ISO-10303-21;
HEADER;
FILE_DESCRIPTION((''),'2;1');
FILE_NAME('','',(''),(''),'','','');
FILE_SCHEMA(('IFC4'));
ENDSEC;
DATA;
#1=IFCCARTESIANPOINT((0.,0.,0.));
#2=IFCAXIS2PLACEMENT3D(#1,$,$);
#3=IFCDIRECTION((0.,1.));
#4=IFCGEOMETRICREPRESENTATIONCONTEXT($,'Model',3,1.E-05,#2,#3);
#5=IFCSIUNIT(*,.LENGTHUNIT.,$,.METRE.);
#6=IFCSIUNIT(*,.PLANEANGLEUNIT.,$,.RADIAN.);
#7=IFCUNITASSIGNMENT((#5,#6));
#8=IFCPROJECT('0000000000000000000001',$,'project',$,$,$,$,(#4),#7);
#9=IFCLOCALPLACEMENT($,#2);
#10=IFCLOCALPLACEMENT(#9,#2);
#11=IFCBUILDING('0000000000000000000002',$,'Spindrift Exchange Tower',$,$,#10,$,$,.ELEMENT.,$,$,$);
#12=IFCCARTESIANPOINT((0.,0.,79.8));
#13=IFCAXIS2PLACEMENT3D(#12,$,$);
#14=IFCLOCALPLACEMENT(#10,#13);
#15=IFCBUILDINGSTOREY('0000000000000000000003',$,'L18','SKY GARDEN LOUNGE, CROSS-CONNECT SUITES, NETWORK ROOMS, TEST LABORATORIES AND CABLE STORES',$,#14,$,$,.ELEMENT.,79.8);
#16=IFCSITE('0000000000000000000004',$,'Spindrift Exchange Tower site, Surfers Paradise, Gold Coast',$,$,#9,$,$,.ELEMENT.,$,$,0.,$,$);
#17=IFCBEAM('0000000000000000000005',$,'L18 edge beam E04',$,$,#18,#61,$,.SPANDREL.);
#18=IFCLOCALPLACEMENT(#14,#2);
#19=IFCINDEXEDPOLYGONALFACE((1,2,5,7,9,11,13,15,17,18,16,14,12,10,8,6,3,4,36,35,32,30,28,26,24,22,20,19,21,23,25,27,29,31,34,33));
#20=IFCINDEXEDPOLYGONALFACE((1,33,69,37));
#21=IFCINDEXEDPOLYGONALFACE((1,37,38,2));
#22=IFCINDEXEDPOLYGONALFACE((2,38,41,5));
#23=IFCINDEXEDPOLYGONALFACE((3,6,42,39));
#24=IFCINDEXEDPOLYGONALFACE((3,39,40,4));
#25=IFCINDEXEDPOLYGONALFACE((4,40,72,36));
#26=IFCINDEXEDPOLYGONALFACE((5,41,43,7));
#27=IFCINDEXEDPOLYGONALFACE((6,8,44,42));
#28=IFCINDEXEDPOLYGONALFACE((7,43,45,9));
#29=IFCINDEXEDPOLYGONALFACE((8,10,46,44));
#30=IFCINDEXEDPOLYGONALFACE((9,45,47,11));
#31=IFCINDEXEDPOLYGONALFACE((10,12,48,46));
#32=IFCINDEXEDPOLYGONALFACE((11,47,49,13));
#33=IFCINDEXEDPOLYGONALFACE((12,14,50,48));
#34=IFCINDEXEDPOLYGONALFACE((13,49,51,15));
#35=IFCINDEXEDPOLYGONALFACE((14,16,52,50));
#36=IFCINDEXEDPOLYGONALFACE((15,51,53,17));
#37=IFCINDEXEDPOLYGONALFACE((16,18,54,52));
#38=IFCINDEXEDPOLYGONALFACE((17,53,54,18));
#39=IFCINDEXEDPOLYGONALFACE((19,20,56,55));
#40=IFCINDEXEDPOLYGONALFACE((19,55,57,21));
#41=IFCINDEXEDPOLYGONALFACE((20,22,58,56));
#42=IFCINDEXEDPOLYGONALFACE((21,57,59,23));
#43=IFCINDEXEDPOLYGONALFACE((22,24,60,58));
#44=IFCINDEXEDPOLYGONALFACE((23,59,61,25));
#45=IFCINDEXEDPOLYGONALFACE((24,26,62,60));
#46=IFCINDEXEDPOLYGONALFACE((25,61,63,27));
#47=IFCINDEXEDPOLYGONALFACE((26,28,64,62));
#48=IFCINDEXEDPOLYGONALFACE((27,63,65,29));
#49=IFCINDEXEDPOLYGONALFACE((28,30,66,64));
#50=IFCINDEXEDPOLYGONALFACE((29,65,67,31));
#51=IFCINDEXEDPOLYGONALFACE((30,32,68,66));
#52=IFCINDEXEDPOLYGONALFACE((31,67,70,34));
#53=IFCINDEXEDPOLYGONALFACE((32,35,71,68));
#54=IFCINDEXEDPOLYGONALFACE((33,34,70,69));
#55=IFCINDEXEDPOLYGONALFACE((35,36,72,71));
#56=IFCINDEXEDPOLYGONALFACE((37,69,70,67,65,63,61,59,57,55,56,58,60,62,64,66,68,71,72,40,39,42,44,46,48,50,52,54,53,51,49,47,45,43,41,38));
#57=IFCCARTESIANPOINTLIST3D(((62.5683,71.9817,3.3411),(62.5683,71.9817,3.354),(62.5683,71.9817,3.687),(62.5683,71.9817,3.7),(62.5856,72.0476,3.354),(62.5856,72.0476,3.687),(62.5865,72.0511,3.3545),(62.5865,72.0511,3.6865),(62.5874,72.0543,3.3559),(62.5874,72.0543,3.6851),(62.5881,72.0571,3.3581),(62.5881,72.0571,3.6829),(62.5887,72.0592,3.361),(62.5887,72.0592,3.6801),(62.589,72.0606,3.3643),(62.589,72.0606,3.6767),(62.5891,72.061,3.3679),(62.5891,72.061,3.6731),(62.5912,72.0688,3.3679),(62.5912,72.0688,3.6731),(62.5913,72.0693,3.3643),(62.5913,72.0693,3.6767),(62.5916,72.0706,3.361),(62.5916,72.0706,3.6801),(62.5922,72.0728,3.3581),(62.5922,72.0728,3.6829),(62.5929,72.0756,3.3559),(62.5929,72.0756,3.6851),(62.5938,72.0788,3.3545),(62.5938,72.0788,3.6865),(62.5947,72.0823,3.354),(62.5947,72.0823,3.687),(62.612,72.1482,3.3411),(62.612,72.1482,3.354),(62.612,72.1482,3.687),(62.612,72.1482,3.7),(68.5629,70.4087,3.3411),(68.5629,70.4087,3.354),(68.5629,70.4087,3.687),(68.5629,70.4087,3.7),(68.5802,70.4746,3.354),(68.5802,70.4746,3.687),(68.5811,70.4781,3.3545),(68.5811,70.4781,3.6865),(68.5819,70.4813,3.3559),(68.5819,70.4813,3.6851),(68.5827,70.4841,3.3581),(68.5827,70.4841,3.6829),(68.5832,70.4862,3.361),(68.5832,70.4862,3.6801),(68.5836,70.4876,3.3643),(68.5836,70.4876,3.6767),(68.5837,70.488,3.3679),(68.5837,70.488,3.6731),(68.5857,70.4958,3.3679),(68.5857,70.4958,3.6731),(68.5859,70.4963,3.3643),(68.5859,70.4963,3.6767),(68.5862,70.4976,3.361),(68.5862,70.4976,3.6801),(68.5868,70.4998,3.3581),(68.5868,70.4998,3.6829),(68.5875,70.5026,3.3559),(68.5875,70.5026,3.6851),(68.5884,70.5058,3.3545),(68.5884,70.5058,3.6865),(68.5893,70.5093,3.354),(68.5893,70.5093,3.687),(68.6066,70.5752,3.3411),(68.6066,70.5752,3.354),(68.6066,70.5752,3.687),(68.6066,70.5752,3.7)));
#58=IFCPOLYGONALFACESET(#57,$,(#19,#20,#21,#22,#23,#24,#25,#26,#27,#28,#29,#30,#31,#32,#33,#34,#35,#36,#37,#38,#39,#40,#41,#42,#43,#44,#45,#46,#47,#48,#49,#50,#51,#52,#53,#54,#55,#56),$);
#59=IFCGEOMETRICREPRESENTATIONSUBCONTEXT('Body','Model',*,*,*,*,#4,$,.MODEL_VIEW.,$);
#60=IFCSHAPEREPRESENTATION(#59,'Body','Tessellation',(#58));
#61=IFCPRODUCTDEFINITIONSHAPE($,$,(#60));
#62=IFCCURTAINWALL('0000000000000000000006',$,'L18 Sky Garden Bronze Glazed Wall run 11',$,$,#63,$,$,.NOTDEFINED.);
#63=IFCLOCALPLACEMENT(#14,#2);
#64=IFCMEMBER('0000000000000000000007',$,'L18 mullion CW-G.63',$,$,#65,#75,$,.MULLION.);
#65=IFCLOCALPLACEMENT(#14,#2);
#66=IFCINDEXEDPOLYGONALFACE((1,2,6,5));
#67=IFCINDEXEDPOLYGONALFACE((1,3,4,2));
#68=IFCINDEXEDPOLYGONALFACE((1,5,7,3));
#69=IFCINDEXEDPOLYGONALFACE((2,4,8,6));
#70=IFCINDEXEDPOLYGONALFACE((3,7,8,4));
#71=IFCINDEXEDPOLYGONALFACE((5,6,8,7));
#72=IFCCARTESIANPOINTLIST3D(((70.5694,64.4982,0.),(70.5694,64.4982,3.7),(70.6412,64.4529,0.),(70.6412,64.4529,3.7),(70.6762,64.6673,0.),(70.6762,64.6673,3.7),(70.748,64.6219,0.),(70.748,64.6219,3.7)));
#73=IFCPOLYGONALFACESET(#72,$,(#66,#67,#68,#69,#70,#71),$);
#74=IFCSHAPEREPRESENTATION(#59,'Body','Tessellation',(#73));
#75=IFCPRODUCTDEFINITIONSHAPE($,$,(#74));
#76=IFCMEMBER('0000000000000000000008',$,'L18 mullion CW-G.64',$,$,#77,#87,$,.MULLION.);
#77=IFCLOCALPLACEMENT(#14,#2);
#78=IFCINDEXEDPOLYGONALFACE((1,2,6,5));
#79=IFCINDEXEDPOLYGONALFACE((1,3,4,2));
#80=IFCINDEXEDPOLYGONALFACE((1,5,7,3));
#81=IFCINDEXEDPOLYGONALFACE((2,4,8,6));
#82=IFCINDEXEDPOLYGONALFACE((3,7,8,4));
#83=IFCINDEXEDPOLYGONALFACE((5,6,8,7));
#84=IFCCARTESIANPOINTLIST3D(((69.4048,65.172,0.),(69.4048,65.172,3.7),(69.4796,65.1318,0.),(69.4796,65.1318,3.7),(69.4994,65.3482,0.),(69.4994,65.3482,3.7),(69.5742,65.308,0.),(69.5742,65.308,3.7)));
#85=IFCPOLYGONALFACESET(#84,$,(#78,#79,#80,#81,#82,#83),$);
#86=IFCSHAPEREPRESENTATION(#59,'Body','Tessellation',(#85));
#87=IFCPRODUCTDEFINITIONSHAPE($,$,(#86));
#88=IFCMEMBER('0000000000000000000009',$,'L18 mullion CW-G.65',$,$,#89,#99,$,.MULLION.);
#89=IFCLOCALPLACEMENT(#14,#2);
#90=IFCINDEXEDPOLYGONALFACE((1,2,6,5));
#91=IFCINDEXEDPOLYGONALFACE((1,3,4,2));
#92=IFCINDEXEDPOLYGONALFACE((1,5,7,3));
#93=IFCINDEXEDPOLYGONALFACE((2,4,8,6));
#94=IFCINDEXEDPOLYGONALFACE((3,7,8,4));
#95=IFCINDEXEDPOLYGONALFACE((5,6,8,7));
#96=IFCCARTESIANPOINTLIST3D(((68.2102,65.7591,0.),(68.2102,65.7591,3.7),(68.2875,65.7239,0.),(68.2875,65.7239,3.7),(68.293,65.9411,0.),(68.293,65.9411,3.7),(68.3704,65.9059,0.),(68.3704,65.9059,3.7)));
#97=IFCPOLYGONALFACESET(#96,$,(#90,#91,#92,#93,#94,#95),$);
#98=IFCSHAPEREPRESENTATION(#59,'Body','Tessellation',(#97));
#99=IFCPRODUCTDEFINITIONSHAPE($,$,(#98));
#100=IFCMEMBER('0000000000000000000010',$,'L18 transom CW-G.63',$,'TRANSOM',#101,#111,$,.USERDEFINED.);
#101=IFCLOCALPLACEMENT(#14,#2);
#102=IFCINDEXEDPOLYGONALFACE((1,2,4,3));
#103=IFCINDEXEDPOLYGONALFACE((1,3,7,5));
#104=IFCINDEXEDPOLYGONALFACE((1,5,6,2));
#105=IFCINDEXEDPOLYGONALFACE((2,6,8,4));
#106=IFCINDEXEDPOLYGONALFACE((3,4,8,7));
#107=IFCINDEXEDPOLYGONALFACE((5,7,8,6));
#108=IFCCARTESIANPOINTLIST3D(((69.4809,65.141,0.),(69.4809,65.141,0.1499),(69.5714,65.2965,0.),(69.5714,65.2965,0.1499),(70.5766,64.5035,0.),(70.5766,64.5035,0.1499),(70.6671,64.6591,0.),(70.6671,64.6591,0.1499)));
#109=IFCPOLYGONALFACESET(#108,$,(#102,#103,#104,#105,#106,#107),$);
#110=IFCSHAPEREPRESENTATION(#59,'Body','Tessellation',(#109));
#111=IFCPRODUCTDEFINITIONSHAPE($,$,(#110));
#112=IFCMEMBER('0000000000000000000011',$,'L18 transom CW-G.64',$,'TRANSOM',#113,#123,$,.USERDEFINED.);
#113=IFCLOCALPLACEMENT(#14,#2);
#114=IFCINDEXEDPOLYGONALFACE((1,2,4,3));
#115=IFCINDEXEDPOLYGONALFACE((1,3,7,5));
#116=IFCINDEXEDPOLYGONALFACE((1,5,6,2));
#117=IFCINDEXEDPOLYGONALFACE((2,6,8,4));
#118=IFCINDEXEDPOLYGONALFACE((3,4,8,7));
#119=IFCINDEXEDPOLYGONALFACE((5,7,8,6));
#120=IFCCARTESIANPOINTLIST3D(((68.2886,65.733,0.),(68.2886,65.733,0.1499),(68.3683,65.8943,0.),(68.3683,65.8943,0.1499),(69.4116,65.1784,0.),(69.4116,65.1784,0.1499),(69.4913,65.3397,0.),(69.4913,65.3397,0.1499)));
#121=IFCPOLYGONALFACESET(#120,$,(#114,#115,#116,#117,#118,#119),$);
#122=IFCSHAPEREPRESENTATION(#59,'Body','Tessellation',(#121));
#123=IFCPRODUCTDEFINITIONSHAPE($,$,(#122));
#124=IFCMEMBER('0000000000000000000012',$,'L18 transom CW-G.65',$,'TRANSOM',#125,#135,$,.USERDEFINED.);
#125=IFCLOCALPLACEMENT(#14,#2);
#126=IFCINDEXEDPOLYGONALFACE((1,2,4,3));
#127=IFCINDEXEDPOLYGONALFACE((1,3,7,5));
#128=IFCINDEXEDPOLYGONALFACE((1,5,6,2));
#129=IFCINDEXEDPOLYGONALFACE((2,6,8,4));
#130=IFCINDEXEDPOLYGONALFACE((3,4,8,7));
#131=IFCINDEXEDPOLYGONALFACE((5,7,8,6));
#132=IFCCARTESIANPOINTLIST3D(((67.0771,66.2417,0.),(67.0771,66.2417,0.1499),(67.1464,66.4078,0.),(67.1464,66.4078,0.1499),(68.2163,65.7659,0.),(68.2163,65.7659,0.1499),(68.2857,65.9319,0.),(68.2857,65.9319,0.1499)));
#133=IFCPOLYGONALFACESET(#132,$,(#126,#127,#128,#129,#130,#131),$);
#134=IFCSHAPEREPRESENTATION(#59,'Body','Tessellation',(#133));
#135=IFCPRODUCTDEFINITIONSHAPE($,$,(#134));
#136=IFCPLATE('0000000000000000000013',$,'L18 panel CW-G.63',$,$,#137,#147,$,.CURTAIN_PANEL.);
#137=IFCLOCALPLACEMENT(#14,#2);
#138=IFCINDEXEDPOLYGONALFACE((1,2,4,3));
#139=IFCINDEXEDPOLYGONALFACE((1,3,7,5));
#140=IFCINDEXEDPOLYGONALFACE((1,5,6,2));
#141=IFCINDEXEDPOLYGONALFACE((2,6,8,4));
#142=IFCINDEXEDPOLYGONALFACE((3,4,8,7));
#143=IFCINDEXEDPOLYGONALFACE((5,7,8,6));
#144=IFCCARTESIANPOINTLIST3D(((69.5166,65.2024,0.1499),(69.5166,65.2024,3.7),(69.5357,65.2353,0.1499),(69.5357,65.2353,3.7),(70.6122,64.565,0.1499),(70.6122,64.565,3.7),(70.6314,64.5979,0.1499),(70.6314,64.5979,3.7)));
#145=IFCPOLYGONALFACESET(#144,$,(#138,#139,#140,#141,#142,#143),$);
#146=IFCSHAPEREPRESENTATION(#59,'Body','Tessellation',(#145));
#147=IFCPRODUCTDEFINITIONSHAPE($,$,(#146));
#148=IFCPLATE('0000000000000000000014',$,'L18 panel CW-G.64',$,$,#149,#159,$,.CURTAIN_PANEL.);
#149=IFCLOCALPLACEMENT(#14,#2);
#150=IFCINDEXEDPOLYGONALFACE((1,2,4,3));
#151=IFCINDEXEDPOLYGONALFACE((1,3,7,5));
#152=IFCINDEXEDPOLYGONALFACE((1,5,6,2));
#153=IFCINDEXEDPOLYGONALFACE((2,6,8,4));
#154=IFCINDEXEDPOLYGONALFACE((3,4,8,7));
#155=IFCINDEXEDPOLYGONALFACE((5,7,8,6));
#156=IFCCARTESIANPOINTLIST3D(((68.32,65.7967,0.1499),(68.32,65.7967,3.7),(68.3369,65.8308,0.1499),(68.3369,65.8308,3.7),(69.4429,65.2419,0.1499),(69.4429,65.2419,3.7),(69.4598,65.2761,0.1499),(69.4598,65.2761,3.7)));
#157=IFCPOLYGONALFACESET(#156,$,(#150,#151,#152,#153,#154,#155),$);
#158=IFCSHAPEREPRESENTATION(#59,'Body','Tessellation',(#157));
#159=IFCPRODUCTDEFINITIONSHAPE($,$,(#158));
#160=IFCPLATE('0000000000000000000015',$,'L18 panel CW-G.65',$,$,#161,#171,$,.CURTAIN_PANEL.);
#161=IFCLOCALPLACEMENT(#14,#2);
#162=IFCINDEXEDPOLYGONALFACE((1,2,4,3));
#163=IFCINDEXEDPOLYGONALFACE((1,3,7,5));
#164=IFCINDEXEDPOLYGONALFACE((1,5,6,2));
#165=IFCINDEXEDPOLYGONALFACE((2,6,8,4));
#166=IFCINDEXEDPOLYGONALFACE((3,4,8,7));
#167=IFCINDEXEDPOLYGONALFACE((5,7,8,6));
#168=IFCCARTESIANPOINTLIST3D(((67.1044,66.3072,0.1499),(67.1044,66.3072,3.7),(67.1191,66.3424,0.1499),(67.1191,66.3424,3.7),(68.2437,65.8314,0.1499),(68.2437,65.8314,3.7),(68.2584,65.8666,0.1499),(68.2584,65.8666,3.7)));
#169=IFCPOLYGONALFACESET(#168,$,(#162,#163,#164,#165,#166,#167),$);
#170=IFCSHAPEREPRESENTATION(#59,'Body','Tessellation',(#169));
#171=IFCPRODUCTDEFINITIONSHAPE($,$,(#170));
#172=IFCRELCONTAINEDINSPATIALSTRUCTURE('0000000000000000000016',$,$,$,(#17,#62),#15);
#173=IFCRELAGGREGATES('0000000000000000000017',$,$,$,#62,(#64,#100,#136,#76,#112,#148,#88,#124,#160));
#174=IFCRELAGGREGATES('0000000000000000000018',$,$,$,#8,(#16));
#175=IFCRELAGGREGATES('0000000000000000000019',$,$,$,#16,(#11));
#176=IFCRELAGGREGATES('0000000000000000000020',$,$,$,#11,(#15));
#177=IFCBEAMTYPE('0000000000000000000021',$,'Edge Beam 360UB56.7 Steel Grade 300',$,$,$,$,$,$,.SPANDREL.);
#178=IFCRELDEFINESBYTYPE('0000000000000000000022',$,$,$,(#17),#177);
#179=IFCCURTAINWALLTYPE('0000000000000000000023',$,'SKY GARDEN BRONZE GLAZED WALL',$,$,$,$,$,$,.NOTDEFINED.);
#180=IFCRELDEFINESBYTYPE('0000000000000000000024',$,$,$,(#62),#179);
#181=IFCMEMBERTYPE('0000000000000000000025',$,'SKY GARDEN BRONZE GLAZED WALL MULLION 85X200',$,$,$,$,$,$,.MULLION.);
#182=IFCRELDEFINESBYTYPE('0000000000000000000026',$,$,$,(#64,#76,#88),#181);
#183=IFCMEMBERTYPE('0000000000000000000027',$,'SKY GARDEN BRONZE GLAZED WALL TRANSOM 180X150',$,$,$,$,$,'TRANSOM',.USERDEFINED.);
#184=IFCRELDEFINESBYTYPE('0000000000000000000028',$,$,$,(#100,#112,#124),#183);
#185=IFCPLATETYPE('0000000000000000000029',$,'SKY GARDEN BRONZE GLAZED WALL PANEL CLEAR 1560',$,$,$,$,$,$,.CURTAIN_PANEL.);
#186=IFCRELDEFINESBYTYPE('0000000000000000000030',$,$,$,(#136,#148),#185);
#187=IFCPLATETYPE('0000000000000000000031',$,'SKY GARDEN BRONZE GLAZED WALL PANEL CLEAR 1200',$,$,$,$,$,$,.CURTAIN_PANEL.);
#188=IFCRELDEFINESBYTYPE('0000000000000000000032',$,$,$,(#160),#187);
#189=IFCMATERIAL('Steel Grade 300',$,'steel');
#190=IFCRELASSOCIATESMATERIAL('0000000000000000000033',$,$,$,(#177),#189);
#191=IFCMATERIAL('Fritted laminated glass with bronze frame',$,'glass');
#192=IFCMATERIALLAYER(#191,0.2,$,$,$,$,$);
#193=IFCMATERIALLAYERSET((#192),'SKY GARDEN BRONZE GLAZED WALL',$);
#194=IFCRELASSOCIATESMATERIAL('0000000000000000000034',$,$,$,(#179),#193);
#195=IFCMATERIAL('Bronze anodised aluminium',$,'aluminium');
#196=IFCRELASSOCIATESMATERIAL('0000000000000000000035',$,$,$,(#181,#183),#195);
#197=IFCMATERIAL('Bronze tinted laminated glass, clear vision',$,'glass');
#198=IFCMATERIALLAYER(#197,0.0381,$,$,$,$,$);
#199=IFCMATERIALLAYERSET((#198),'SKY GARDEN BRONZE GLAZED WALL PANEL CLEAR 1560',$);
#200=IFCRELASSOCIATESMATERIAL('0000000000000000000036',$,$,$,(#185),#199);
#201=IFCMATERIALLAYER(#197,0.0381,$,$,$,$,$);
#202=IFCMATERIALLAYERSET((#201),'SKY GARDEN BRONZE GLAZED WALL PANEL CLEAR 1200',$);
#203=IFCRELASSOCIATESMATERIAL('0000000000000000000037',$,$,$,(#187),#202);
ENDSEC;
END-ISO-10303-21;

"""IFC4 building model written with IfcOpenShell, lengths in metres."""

from ifc_helpers import new_model, si_unit, direction, frame, origin, origin_2d, place, context, subcontext, project, spatial, rectangle, i_section, extrude, source, transform, mapped, material, layer, layer_set, material_profile, profile_set, type_object, element, aggregate, save


model = new_model("IFC4")

# Units and contexts
model_context = context("Model", 3, precision=1e-05, world=origin(), true_north=direction((0.0, 1.0)))
body_context = subcontext(model_context, "Body", "Model", "MODEL_VIEW")
ifc_project = project(units=[si_unit("LENGTHUNIT", "METRE"), si_unit("PLANEANGLEUNIT", "RADIAN")], contexts=[model_context])

# Site, building, storey
site_placement = place(None, origin())
site = spatial("IfcSite", under=ifc_project, at=site_placement, Name="Spindrift Exchange Tower site, Surfers Paradise, Gold Coast", CompositionType="ELEMENT", RefElevation=0.0)
building_placement = place(site_placement, origin())
building = spatial("IfcBuilding", under=site, at=building_placement, Name="Spindrift Exchange Tower", CompositionType="ELEMENT")
storey_placement = place(building_placement, frame((0.0, 0.0, 79.8)))
storey = spatial("IfcBuildingStorey", under=building, at=storey_placement, Name="L18", Description="SKY GARDEN LOUNGE, CROSS-CONNECT SUITES, NETWORK ROOMS, TEST LABORATORIES AND CABLE STORES", CompositionType="ELEMENT", Elevation=79.8)

# Beam
ifc_material_1 = material(Name="Steel Grade 300", Category="steel")
ifc_material_profile_1 = material_profile(ifc_material_1, i_section(OverallWidth=0.1721, OverallDepth=0.3589, WebThickness=0.0081, FlangeThickness=0.0129, FilletRadius=0.0139, at=origin_2d()), Name="360UB56.7")
ifc_profile_set_1 = profile_set([ifc_material_profile_1], Name="Steel Grade 300")
beam_type_1 = type_object("IfcBeamType", Name="Edge Beam 360UB56.7 Steel Grade 300", PredefinedType="SPANDREL", material=ifc_profile_set_1)
shared_shape_1 = source(origin(), body_context, "Body", "SweptSolid", [
    extrude(i_section(OverallWidth=0.1721, OverallDepth=0.3589, WebThickness=0.0081, FlangeThickness=0.0129, FilletRadius=0.0139, at=origin_2d()), origin(), (0.0, 0.0, 1.0), 6.1975),
])
beam_1_placement = place(storey_placement, frame((68.5847, 70.4919, 3.5205), z_axis=(-0.967254, 0.253809, 0.0), x_axis=(-0.253809, -0.967254, 0.0)))
element("IfcBeam", 1, at=beam_1_placement, inside=storey, type_object=beam_type_1, Name="L18 edge beam E04", PredefinedType="SPANDREL", context=body_context, shape_type="MappedRepresentation", body=[
    mapped(shared_shape_1, transform((0.0, 0.0, 0.0), scale=1.0)),
])

# Curtain wall, members, plates
ifc_material_2 = material(Name="Fritted laminated glass with bronze frame", Category="glass")
ifc_layer_1 = layer(ifc_material_2, 0.2)
ifc_layer_set_1 = layer_set([ifc_layer_1], Name="SKY GARDEN BRONZE GLAZED WALL")
curtain_wall_type = type_object("IfcCurtainWallType", Name="SKY GARDEN BRONZE GLAZED WALL", PredefinedType="NOTDEFINED", material=ifc_layer_set_1)
curtain_wall_placement = place(storey_placement, origin())
curtain_wall = element("IfcCurtainWall", 2, at=curtain_wall_placement, inside=storey, type_object=curtain_wall_type, Name="L18 Sky Garden Bronze Glazed Wall run 11", PredefinedType="NOTDEFINED")
ifc_material_3 = material(Name="Bronze anodised aluminium", Category="aluminium")
ifc_material_profile_2 = material_profile(ifc_material_3, rectangle(XDim=0.085, YDim=0.2, at=origin_2d()), Name="SKY GARDEN BRONZE GLAZED WALL MULLION 85X200")
ifc_profile_set_2 = profile_set([ifc_material_profile_2], Name="Bronze anodised aluminium")
member_type_1 = type_object("IfcMemberType", Name="SKY GARDEN BRONZE GLAZED WALL MULLION 85X200", PredefinedType="MULLION", material=ifc_profile_set_2)
shared_shape_2 = source(origin(), body_context, "Body", "SweptSolid", [
    extrude(rectangle(XDim=0.085, YDim=0.2, at=origin_2d()), origin(), (0.0, 0.0, 1.0), 3.7),
])
member_1_placement = place(storey_placement, frame((70.6587, 64.5601, 0.0), z_axis=(0.0, 0.0, 1.0), x_axis=(-0.84536, 0.534197, 0.0)))
member_1 = element("IfcMember", 3, at=member_1_placement, type_object=member_type_1, Name="L18 mullion CW-G.63", PredefinedType="MULLION", context=body_context, shape_type="MappedRepresentation", body=[
    mapped(shared_shape_2, transform((0.0, 0.0, 0.0), scale=1.0)),
])
member_2_placement = place(storey_placement, frame((69.4895, 65.24, 0.0), z_axis=(0.0, 0.0, 1.0), x_axis=(-0.880986, 0.473143, 0.0)))
member_2 = element("IfcMember", 4, at=member_2_placement, type_object=member_type_1, Name="L18 mullion CW-G.64", PredefinedType="MULLION", context=body_context, shape_type="MappedRepresentation", body=[
    mapped(shared_shape_2, transform((0.0, 0.0, 0.0), scale=1.0)),
])
member_3_placement = place(storey_placement, frame((68.2903, 65.8325, 0.0), z_axis=(0.0, 0.0, 1.0), x_axis=(-0.910119, 0.414348, 0.0)))
member_3 = element("IfcMember", 5, at=member_3_placement, type_object=member_type_1, Name="L18 mullion CW-G.65", PredefinedType="MULLION", context=body_context, shape_type="MappedRepresentation", body=[
    mapped(shared_shape_2, transform((0.0, 0.0, 0.0), scale=1.0)),
])
ifc_material_profile_3 = material_profile(ifc_material_3, rectangle(XDim=0.1799, YDim=0.1499, at=origin_2d()), Name="SKY GARDEN BRONZE GLAZED WALL TRANSOM 180X150")
ifc_profile_set_3 = profile_set([ifc_material_profile_3], Name="Bronze anodised aluminium")
member_type_2 = type_object("IfcMemberType", Name="SKY GARDEN BRONZE GLAZED WALL TRANSOM 180X150", ElementType="TRANSOM", PredefinedType="USERDEFINED", material=ifc_profile_set_3)
shared_shape_3 = source(origin(), body_context, "Body", "SweptSolid", [
    extrude(rectangle(XDim=0.1799, YDim=0.1499, at=origin_2d()), origin(), (0.0, 0.0, 1.0), 1.2676),
])
member_4_placement = place(storey_placement, frame((70.6218, 64.5813, 0.075), z_axis=(-0.864365, 0.502865, 0.0), x_axis=(-0.502865, -0.864365, 0.0)))
member_4 = element("IfcMember", 6, at=member_4_placement, type_object=member_type_2, Name="L18 transom CW-G.63", ObjectType="TRANSOM", PredefinedType="USERDEFINED", context=body_context, shape_type="MappedRepresentation", body=[
    mapped(shared_shape_3, transform((0.0, 0.0, 0.0), scale=1.0)),
])
shared_shape_4 = source(origin(), body_context, "Body", "SweptSolid", [
    extrude(rectangle(XDim=0.1799, YDim=0.1499, at=origin_2d()), origin(), (0.0, 0.0, 1.0), 1.2524),
])
member_5_placement = place(storey_placement, frame((69.4514, 65.259, 0.075), z_axis=(-0.8966, 0.442842, 0.0), x_axis=(-0.442842, -0.8966, 0.0)))
member_5 = element("IfcMember", 7, at=member_5_placement, type_object=member_type_2, Name="L18 transom CW-G.64", ObjectType="TRANSOM", PredefinedType="USERDEFINED", context=body_context, shape_type="MappedRepresentation", body=[
    mapped(shared_shape_4, transform((0.0, 0.0, 0.0), scale=1.0)),
])
shared_shape_5 = source(origin(), body_context, "Body", "SweptSolid", [
    extrude(rectangle(XDim=0.1799, YDim=0.1499, at=origin_2d()), origin(), (0.0, 0.0, 1.0), 1.2346),
])
member_6_placement = place(storey_placement, frame((68.251, 65.8489, 0.075), z_axis=(-0.922737, 0.38543, 0.0), x_axis=(-0.38543, -0.922737, 0.0)))
member_6 = element("IfcMember", 8, at=member_6_placement, type_object=member_type_2, Name="L18 transom CW-G.65", ObjectType="TRANSOM", PredefinedType="USERDEFINED", context=body_context, shape_type="MappedRepresentation", body=[
    mapped(shared_shape_5, transform((0.0, 0.0, 0.0), scale=1.0)),
])
ifc_material_4 = material(Name="Bronze tinted laminated glass, clear vision", Category="glass")
ifc_layer_2 = layer(ifc_material_4, 0.0381)
ifc_layer_set_2 = layer_set([ifc_layer_2], Name="SKY GARDEN BRONZE GLAZED WALL PANEL CLEAR 1560")
plate_type_1 = type_object("IfcPlateType", Name="SKY GARDEN BRONZE GLAZED WALL PANEL CLEAR 1560", PredefinedType="CURTAIN_PANEL", material=ifc_layer_set_2)
shared_shape_6 = source(origin(), body_context, "Body", "SweptSolid", [
    extrude(rectangle(XDim=1.2676, YDim=0.0381, at=origin_2d()), origin(), (0.0, 0.0, 1.0), 3.55),
])
plate_1_placement = place(storey_placement, frame((70.074, 64.9001, 0.1499), z_axis=(0.0, 0.0, 1.0), x_axis=(-0.864382, 0.502836, 0.0)))
plate_1 = element("IfcPlate", 9, at=plate_1_placement, type_object=plate_type_1, Name="L18 panel CW-G.63", PredefinedType="CURTAIN_PANEL", context=body_context, shape_type="MappedRepresentation", body=[
    mapped(shared_shape_6, transform((0.0, 0.0, 0.0), scale=1.0)),
])
shared_shape_7 = source(origin(), body_context, "Body", "SweptSolid", [
    extrude(rectangle(XDim=1.2524, YDim=0.0381, at=origin_2d()), origin(), (0.0, 0.0, 1.0), 3.55),
])
plate_2_placement = place(storey_placement, frame((68.8899, 65.5364, 0.1499), z_axis=(0.0, 0.0, 1.0), x_axis=(-0.89657, 0.442902, 0.0)))
plate_2 = element("IfcPlate", 10, at=plate_2_placement, type_object=plate_type_1, Name="L18 panel CW-G.64", PredefinedType="CURTAIN_PANEL", context=body_context, shape_type="MappedRepresentation", body=[
    mapped(shared_shape_7, transform((0.0, 0.0, 0.0), scale=1.0)),
])
ifc_layer_3 = layer(ifc_material_4, 0.0381)
ifc_layer_set_3 = layer_set([ifc_layer_3], Name="SKY GARDEN BRONZE GLAZED WALL PANEL CLEAR 1200")
plate_type_2 = type_object("IfcPlateType", Name="SKY GARDEN BRONZE GLAZED WALL PANEL CLEAR 1200", PredefinedType="CURTAIN_PANEL", material=ifc_layer_set_3)
shared_shape_8 = source(origin(), body_context, "Body", "SweptSolid", [
    extrude(rectangle(XDim=1.2346, YDim=0.0381, at=origin_2d()), origin(), (0.0, 0.0, 1.0), 3.55),
])
plate_3_placement = place(storey_placement, frame((67.6814, 66.0869, 0.1499), z_axis=(0.0, 0.0, 1.0), x_axis=(-0.922758, 0.385379, 0.0)))
plate_3 = element("IfcPlate", 11, at=plate_3_placement, type_object=plate_type_2, Name="L18 panel CW-G.65", PredefinedType="CURTAIN_PANEL", context=body_context, shape_type="MappedRepresentation", body=[
    mapped(shared_shape_8, transform((0.0, 0.0, 0.0), scale=1.0)),
])
aggregate(curtain_wall, [member_1, member_4, plate_1, member_2, member_5, plate_2, member_3, member_6, plate_3])

save(model, "model.ifc")
